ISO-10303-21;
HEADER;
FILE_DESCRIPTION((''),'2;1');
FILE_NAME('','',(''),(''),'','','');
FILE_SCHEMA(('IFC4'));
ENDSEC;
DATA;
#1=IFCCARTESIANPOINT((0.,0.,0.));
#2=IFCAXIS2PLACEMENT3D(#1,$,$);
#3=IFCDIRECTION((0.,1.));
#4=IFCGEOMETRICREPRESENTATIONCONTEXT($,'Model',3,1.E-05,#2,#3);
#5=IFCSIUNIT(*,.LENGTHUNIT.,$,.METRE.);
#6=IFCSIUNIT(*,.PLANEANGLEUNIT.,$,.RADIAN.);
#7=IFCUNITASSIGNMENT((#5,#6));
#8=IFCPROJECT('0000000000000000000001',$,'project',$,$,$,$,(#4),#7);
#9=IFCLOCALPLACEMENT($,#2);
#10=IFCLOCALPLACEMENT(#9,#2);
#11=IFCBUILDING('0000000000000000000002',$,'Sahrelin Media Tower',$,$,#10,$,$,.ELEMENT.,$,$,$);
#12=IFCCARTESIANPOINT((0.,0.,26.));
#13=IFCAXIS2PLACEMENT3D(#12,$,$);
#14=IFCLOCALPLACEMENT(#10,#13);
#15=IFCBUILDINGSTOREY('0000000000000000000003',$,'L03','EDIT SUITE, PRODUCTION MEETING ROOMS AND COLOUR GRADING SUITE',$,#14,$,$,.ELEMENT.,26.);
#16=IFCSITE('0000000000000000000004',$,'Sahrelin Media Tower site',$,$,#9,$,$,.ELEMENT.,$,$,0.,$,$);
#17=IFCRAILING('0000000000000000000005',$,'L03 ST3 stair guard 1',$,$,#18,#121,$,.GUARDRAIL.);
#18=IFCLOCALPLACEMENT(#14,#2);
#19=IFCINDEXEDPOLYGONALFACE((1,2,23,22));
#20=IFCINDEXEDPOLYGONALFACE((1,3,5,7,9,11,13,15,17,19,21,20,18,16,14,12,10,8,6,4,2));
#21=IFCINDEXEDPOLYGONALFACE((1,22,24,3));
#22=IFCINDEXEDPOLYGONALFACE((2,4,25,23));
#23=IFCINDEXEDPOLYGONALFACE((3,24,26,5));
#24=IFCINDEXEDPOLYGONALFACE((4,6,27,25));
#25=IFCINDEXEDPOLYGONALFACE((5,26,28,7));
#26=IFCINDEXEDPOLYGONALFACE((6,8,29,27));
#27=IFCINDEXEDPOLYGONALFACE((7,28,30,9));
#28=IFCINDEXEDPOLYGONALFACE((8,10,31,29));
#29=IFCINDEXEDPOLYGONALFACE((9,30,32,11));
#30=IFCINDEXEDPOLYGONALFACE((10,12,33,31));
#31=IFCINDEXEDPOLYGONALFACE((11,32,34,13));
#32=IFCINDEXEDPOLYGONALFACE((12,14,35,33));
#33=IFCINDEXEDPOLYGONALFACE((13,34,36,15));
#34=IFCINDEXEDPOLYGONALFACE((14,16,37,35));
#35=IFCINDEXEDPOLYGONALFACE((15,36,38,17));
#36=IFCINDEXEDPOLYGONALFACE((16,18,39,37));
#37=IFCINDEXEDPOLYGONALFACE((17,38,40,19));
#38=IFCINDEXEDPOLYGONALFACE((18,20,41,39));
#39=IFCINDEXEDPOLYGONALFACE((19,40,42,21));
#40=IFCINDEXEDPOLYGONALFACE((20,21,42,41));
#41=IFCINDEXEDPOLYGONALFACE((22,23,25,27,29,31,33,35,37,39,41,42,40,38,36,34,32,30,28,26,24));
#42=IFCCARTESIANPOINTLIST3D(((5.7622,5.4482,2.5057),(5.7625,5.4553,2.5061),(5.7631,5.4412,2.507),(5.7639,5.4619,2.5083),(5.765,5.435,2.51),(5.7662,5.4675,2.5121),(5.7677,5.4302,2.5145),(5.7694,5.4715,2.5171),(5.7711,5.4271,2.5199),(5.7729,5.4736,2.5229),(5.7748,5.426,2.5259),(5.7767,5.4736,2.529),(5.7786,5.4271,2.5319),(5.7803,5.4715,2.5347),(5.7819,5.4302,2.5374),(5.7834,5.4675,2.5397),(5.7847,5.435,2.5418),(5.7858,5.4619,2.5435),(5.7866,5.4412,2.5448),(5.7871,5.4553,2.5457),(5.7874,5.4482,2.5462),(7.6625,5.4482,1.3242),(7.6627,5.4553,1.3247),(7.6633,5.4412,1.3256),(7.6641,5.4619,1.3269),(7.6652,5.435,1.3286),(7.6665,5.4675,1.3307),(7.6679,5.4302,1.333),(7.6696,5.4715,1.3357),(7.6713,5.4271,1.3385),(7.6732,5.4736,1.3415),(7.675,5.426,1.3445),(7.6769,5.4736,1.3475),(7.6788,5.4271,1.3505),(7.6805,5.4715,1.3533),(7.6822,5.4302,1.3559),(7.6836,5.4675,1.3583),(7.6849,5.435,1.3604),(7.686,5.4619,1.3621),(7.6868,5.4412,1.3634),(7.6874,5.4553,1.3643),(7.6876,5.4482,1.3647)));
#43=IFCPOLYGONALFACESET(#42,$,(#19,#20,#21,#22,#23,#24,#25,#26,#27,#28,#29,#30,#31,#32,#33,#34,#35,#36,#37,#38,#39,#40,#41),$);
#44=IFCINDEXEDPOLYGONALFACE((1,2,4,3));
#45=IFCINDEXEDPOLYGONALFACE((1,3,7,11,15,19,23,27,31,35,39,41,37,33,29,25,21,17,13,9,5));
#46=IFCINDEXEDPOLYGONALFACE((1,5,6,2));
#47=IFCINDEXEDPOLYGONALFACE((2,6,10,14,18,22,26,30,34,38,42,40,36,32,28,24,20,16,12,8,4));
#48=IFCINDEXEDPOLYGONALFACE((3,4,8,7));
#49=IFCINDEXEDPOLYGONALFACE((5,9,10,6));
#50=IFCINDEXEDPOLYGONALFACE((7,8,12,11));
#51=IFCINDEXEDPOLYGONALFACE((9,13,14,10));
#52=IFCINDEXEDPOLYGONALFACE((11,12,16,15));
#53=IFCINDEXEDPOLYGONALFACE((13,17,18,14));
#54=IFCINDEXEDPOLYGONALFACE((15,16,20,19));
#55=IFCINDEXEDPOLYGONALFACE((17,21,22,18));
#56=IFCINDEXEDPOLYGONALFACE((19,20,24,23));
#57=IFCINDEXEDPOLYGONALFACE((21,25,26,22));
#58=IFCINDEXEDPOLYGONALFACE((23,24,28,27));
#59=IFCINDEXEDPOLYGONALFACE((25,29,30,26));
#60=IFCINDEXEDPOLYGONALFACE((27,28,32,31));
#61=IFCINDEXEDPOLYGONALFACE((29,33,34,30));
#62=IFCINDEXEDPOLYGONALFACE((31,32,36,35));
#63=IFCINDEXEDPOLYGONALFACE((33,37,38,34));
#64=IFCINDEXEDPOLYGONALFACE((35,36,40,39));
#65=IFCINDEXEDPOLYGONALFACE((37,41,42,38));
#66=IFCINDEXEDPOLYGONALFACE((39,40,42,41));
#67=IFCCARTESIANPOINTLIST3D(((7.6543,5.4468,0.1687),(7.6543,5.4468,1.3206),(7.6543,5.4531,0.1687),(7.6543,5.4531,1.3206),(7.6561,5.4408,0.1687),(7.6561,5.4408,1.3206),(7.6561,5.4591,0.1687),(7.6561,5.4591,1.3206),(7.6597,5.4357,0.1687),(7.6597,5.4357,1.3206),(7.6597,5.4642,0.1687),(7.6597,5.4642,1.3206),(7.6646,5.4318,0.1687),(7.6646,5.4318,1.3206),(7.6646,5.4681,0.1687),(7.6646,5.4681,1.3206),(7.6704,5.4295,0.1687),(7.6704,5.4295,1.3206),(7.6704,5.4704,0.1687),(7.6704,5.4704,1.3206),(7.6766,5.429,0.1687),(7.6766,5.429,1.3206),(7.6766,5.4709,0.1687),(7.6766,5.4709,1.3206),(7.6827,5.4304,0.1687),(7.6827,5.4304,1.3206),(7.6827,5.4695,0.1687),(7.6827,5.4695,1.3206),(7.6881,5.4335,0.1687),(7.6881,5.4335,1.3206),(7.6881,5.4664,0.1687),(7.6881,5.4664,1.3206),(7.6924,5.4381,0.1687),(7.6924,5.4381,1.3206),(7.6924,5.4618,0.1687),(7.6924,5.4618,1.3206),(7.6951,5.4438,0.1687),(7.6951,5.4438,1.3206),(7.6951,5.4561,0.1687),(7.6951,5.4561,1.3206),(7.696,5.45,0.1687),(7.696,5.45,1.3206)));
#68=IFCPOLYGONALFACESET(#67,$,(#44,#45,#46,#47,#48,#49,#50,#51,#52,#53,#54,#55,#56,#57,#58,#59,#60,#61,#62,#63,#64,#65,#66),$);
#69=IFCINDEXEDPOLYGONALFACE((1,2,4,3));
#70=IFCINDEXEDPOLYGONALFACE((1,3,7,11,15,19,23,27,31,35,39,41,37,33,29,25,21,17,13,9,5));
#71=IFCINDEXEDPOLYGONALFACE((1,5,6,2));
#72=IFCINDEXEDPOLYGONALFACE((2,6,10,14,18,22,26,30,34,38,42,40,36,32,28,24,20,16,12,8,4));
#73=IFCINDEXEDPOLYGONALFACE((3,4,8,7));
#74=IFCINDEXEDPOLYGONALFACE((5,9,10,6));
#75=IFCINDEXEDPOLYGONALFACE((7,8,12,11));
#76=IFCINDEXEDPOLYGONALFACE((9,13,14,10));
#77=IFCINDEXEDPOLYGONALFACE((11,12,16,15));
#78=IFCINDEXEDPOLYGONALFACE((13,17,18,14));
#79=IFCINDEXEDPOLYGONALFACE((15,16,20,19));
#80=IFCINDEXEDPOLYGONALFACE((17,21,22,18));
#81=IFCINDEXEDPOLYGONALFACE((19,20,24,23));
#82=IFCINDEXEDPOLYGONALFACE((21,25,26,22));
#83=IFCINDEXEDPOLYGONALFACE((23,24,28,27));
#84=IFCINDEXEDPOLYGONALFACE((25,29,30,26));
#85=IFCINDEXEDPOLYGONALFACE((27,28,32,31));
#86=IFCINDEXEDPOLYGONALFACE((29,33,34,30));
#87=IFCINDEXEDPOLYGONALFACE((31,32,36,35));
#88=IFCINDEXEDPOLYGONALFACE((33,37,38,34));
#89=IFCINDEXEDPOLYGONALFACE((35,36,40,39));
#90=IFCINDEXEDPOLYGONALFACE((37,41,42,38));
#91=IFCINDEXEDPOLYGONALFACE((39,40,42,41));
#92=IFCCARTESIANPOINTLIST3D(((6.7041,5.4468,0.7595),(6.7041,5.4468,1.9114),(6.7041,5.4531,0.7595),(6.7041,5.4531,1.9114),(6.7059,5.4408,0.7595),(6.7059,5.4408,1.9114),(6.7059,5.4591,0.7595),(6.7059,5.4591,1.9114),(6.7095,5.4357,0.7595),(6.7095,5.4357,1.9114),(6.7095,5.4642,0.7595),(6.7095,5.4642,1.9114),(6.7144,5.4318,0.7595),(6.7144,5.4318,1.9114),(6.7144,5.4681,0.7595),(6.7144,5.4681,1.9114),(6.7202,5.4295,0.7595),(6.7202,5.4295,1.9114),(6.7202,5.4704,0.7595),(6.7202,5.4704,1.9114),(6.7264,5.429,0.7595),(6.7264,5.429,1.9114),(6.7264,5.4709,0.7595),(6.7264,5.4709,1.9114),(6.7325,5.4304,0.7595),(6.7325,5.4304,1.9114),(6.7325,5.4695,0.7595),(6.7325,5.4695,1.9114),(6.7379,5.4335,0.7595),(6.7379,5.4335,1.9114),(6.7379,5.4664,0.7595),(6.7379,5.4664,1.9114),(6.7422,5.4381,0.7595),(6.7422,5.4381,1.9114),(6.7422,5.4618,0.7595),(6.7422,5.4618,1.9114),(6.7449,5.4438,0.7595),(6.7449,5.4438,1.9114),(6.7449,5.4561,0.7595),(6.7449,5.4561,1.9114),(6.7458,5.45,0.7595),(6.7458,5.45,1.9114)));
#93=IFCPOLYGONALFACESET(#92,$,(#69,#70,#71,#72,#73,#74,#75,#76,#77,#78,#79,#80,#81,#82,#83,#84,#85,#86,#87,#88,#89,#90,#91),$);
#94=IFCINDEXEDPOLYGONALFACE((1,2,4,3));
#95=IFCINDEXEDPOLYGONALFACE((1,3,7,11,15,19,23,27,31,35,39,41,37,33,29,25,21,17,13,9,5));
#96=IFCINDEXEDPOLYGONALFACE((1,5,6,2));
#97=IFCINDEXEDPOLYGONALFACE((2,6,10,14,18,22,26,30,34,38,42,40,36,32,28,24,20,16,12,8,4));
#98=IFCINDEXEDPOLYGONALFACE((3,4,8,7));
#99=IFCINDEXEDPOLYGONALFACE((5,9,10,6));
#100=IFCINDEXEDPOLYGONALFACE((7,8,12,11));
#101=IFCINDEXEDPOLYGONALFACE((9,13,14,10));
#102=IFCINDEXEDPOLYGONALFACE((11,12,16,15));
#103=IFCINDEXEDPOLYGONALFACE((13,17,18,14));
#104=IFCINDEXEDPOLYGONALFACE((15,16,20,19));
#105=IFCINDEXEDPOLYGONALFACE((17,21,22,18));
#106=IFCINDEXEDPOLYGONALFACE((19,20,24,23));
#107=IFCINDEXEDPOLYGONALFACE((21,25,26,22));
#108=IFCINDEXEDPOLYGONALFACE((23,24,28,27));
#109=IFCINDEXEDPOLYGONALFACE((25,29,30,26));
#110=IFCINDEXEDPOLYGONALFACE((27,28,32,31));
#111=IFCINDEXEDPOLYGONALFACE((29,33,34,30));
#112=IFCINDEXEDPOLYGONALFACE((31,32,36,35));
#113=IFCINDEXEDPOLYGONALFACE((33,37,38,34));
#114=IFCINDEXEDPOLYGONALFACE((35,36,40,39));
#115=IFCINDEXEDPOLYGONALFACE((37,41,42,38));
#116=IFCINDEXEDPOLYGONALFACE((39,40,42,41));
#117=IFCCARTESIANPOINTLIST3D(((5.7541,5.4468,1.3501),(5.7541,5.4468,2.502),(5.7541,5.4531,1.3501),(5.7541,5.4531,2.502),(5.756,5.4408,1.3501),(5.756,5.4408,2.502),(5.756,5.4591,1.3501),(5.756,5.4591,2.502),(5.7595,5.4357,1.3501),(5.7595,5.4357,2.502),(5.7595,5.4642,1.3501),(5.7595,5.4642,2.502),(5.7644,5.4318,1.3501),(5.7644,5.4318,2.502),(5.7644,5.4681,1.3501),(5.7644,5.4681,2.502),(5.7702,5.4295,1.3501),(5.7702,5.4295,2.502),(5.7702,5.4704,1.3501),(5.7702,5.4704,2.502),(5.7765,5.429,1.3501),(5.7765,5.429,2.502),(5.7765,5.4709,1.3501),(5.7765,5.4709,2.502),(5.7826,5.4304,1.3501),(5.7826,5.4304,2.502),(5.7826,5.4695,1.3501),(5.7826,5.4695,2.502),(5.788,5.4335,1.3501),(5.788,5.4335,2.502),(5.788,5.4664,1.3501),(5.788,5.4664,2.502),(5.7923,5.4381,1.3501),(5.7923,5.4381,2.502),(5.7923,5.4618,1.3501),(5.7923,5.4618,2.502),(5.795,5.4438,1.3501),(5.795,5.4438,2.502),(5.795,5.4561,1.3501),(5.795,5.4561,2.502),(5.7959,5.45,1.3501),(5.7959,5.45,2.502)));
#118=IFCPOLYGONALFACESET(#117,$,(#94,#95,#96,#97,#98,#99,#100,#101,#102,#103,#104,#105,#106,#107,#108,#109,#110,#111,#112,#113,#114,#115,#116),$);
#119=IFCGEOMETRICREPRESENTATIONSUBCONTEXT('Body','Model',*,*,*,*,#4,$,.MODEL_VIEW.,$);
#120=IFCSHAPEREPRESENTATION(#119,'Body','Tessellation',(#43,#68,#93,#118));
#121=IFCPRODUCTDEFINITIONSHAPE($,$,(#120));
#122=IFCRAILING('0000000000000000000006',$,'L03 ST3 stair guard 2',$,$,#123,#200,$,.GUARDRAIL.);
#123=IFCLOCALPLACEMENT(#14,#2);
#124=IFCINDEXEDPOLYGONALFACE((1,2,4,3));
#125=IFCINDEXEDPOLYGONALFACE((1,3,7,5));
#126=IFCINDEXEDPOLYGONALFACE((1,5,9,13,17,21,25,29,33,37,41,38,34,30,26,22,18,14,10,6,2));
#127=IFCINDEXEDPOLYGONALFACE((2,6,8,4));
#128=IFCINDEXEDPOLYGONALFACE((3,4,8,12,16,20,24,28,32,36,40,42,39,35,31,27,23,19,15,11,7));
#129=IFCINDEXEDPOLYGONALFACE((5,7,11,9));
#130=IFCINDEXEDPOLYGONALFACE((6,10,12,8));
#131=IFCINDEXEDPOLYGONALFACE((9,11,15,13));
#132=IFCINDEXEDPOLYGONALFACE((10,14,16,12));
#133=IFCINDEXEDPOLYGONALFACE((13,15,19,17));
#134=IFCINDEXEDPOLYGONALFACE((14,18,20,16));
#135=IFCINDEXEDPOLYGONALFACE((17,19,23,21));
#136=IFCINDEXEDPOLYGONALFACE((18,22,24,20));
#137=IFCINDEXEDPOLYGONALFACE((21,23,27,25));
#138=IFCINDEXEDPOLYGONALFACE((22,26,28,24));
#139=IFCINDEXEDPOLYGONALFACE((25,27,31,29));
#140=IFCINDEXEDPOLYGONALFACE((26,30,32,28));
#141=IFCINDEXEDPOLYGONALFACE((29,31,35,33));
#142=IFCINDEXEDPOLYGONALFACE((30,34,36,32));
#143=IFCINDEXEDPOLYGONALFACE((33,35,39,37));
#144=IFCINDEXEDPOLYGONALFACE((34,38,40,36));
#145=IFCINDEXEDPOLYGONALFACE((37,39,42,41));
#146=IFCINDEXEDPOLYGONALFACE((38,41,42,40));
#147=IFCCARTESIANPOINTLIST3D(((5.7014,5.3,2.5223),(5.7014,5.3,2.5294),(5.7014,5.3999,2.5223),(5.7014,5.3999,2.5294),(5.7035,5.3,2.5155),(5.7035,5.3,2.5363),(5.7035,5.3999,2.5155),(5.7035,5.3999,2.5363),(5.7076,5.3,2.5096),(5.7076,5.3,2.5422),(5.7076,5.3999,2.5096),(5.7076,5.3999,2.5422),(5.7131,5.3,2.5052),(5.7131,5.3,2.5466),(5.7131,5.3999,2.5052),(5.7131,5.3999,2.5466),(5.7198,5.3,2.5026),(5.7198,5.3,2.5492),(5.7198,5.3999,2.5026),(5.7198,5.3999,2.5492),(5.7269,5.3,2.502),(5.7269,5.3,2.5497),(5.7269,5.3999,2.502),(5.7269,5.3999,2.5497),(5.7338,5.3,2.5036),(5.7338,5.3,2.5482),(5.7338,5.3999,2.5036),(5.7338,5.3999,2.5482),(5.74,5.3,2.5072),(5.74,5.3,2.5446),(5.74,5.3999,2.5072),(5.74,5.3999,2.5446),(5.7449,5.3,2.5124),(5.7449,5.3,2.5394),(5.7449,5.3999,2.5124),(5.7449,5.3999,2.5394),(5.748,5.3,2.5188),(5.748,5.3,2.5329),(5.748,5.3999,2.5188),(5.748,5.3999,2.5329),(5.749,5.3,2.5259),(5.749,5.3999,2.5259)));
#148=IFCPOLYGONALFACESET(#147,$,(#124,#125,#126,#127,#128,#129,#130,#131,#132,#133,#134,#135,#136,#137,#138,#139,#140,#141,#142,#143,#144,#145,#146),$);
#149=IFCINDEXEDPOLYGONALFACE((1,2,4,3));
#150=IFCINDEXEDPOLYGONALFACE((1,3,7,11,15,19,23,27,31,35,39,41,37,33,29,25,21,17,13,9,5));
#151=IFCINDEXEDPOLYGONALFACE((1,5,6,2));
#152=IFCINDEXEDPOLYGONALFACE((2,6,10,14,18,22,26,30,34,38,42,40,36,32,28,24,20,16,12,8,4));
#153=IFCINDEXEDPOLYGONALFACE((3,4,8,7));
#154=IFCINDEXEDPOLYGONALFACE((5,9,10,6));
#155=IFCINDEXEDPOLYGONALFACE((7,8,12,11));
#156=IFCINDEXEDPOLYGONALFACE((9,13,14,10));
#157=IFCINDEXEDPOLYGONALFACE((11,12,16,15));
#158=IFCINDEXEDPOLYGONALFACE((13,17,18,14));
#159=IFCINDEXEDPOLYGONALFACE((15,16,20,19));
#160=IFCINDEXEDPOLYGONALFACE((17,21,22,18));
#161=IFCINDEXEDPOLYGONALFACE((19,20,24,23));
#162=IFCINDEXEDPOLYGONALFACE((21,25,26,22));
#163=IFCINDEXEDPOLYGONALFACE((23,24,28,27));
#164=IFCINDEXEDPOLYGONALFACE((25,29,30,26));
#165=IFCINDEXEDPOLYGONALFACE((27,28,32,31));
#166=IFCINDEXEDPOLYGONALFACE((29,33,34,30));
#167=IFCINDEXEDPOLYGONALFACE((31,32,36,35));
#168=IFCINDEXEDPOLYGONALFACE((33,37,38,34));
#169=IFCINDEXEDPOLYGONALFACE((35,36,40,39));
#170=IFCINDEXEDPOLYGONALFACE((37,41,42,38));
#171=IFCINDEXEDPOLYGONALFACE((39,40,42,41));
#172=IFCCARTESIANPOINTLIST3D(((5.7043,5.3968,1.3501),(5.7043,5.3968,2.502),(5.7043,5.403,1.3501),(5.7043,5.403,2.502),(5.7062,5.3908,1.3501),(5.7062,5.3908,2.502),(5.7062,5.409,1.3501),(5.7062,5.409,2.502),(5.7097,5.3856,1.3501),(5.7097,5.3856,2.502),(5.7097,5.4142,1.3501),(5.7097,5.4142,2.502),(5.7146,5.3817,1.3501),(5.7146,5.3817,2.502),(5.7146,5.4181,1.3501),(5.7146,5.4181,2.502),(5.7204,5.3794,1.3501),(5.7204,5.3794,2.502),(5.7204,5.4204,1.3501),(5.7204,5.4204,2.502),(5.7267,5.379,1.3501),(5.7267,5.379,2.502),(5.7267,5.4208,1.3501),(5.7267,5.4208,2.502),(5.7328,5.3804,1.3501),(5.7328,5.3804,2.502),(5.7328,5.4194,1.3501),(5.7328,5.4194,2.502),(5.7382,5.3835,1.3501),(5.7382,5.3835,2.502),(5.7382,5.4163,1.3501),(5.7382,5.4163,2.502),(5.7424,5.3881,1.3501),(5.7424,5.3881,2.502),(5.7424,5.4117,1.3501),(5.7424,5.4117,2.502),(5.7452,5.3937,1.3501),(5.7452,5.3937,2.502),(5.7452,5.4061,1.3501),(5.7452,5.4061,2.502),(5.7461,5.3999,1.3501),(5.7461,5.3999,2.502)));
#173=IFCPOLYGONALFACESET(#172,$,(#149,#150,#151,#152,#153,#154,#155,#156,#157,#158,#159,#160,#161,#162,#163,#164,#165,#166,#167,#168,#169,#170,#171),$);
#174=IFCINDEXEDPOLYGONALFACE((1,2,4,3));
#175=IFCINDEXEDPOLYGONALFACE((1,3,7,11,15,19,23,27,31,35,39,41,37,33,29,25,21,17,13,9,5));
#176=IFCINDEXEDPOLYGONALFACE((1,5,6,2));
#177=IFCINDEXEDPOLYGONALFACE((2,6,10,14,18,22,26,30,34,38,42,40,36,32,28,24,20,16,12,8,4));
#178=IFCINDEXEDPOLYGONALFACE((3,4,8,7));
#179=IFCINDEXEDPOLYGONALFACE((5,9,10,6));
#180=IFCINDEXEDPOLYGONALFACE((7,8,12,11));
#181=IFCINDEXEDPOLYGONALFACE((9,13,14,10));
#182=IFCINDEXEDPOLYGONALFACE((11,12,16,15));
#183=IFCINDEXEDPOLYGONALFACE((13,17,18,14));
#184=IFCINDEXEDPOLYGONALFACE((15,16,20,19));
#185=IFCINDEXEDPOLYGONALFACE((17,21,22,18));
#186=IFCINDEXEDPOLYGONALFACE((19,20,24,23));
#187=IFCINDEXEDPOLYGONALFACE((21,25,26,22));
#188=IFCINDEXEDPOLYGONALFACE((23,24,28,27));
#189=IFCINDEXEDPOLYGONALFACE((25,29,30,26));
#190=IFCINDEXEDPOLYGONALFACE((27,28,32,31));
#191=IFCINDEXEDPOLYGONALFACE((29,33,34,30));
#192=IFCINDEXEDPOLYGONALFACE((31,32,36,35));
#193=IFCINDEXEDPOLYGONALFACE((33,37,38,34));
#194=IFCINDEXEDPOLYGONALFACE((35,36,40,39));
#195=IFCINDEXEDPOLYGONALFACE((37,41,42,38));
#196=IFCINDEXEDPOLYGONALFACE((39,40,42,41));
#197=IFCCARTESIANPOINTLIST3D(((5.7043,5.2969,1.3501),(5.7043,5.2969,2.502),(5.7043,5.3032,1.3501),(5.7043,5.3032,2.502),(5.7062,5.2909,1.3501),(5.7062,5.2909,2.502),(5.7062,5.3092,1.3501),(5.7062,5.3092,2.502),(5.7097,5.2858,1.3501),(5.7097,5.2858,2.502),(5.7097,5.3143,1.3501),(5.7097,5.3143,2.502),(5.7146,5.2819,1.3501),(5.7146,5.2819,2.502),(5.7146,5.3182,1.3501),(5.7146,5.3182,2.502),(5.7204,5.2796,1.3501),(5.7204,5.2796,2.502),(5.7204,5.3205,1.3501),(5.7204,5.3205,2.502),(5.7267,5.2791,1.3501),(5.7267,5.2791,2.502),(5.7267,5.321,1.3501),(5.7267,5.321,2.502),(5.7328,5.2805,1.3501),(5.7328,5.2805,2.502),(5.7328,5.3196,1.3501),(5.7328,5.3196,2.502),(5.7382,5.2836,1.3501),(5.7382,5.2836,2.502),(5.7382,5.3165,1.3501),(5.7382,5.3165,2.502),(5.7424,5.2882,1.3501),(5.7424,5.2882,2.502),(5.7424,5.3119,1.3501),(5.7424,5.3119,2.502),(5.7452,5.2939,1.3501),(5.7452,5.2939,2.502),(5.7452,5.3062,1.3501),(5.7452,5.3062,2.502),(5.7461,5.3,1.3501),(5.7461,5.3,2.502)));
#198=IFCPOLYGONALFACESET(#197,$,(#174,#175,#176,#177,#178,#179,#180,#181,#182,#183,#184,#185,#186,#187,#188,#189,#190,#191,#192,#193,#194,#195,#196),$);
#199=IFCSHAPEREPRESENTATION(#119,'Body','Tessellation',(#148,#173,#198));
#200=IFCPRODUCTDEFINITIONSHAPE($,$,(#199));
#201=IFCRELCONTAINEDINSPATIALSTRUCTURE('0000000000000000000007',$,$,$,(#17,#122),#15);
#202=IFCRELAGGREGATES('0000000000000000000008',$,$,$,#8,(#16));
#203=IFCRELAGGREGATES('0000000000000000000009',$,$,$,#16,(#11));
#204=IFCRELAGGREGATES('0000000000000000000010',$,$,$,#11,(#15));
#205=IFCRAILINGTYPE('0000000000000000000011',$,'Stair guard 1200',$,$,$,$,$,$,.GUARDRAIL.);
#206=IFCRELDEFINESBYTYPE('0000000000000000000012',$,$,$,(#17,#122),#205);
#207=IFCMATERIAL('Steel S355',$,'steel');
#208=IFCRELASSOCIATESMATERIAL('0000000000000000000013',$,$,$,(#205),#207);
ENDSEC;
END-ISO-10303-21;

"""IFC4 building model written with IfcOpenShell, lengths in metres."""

from ifc_helpers import new_model, si_unit, direction, frame, origin, origin_2d, place, context, subcontext, project, spatial, circle, extrude, material, type_object, element, save


model = new_model("IFC4")

# Units and contexts
model_context = context("Model", 3, precision=1e-05, world=origin(), true_north=direction((0.0, 1.0)))
body_context = subcontext(model_context, "Body", "Model", "MODEL_VIEW")
ifc_project = project(units=[si_unit("LENGTHUNIT", "METRE"), si_unit("PLANEANGLEUNIT", "RADIAN")], contexts=[model_context])

# Site, building, storey
site_placement = place(None, origin())
site = spatial("IfcSite", under=ifc_project, at=site_placement, Name="Sahrelin Media Tower site", CompositionType="ELEMENT", RefElevation=0.0)
building_placement = place(site_placement, origin())
building = spatial("IfcBuilding", under=site, at=building_placement, Name="Sahrelin Media Tower", CompositionType="ELEMENT")
storey_placement = place(building_placement, frame((0.0, 0.0, 26.0)))
storey = spatial("IfcBuildingStorey", under=building, at=storey_placement, Name="L03", Description="EDIT SUITE, PRODUCTION MEETING ROOMS AND COLOUR GRADING SUITE", CompositionType="ELEMENT", Elevation=26.0)

# Shared definitions
ifc_material_1 = material(Name="Steel S355", Category="steel")

# Railings
railing_type_1 = type_object("IfcRailingType", Name="Stair guard 1200", PredefinedType="GUARDRAIL", material=ifc_material_1)
railing_1_placement = place(storey_placement, frame((7.675, 5.45, 0.1687)))
element("IfcRailing", 1, at=railing_1_placement, inside=storey, type_object=railing_type_1, Name="L03 ST3 stair guard 1", PredefinedType="GUARDRAIL", context=body_context, shape_type="SweptSolid", body=[
    extrude(circle(Radius=0.0239, at=origin_2d()), frame((0.0, 0.0, 1.1758), z_axis=(-0.84924, 0.0, 0.528006), x_axis=(0.0, -1.0, 0.0)), (0.0, 0.0, 1.0), 2.2375),
    extrude(circle(Radius=0.021, at=origin_2d()), origin(), (0.0, 0.0, 1.0), 1.1519),
    extrude(circle(Radius=0.021, at=origin_2d()), frame((-0.9502, 0.0, 0.5908)), (0.0, 0.0, 1.0), 1.1519),
    extrude(circle(Radius=0.021, at=origin_2d()), frame((-1.9001, 0.0, 1.1814)), (0.0, 0.0, 1.0), 1.1519),
])
railing_2_placement = place(storey_placement, frame((5.7251, 5.3999, 1.3501)))
element("IfcRailing", 2, at=railing_2_placement, inside=storey, type_object=railing_type_1, Name="L03 ST3 stair guard 2", PredefinedType="GUARDRAIL", context=body_context, shape_type="SweptSolid", body=[
    extrude(circle(Radius=0.0239, at=origin_2d()), frame((0.0, 0.0, 1.1758), z_axis=(0.0, -1.0, 0.0), x_axis=(1.0, 0.0, 0.0)), (0.0, 0.0, 1.0), 0.0999),
    extrude(circle(Radius=0.021, at=origin_2d()), origin(), (0.0, 0.0, 1.0), 1.1519),
    extrude(circle(Radius=0.021, at=origin_2d()), frame((0.0, -0.0999, 0.0)), (0.0, 0.0, 1.0), 1.1519),
])

save(model, "model.ifc")
